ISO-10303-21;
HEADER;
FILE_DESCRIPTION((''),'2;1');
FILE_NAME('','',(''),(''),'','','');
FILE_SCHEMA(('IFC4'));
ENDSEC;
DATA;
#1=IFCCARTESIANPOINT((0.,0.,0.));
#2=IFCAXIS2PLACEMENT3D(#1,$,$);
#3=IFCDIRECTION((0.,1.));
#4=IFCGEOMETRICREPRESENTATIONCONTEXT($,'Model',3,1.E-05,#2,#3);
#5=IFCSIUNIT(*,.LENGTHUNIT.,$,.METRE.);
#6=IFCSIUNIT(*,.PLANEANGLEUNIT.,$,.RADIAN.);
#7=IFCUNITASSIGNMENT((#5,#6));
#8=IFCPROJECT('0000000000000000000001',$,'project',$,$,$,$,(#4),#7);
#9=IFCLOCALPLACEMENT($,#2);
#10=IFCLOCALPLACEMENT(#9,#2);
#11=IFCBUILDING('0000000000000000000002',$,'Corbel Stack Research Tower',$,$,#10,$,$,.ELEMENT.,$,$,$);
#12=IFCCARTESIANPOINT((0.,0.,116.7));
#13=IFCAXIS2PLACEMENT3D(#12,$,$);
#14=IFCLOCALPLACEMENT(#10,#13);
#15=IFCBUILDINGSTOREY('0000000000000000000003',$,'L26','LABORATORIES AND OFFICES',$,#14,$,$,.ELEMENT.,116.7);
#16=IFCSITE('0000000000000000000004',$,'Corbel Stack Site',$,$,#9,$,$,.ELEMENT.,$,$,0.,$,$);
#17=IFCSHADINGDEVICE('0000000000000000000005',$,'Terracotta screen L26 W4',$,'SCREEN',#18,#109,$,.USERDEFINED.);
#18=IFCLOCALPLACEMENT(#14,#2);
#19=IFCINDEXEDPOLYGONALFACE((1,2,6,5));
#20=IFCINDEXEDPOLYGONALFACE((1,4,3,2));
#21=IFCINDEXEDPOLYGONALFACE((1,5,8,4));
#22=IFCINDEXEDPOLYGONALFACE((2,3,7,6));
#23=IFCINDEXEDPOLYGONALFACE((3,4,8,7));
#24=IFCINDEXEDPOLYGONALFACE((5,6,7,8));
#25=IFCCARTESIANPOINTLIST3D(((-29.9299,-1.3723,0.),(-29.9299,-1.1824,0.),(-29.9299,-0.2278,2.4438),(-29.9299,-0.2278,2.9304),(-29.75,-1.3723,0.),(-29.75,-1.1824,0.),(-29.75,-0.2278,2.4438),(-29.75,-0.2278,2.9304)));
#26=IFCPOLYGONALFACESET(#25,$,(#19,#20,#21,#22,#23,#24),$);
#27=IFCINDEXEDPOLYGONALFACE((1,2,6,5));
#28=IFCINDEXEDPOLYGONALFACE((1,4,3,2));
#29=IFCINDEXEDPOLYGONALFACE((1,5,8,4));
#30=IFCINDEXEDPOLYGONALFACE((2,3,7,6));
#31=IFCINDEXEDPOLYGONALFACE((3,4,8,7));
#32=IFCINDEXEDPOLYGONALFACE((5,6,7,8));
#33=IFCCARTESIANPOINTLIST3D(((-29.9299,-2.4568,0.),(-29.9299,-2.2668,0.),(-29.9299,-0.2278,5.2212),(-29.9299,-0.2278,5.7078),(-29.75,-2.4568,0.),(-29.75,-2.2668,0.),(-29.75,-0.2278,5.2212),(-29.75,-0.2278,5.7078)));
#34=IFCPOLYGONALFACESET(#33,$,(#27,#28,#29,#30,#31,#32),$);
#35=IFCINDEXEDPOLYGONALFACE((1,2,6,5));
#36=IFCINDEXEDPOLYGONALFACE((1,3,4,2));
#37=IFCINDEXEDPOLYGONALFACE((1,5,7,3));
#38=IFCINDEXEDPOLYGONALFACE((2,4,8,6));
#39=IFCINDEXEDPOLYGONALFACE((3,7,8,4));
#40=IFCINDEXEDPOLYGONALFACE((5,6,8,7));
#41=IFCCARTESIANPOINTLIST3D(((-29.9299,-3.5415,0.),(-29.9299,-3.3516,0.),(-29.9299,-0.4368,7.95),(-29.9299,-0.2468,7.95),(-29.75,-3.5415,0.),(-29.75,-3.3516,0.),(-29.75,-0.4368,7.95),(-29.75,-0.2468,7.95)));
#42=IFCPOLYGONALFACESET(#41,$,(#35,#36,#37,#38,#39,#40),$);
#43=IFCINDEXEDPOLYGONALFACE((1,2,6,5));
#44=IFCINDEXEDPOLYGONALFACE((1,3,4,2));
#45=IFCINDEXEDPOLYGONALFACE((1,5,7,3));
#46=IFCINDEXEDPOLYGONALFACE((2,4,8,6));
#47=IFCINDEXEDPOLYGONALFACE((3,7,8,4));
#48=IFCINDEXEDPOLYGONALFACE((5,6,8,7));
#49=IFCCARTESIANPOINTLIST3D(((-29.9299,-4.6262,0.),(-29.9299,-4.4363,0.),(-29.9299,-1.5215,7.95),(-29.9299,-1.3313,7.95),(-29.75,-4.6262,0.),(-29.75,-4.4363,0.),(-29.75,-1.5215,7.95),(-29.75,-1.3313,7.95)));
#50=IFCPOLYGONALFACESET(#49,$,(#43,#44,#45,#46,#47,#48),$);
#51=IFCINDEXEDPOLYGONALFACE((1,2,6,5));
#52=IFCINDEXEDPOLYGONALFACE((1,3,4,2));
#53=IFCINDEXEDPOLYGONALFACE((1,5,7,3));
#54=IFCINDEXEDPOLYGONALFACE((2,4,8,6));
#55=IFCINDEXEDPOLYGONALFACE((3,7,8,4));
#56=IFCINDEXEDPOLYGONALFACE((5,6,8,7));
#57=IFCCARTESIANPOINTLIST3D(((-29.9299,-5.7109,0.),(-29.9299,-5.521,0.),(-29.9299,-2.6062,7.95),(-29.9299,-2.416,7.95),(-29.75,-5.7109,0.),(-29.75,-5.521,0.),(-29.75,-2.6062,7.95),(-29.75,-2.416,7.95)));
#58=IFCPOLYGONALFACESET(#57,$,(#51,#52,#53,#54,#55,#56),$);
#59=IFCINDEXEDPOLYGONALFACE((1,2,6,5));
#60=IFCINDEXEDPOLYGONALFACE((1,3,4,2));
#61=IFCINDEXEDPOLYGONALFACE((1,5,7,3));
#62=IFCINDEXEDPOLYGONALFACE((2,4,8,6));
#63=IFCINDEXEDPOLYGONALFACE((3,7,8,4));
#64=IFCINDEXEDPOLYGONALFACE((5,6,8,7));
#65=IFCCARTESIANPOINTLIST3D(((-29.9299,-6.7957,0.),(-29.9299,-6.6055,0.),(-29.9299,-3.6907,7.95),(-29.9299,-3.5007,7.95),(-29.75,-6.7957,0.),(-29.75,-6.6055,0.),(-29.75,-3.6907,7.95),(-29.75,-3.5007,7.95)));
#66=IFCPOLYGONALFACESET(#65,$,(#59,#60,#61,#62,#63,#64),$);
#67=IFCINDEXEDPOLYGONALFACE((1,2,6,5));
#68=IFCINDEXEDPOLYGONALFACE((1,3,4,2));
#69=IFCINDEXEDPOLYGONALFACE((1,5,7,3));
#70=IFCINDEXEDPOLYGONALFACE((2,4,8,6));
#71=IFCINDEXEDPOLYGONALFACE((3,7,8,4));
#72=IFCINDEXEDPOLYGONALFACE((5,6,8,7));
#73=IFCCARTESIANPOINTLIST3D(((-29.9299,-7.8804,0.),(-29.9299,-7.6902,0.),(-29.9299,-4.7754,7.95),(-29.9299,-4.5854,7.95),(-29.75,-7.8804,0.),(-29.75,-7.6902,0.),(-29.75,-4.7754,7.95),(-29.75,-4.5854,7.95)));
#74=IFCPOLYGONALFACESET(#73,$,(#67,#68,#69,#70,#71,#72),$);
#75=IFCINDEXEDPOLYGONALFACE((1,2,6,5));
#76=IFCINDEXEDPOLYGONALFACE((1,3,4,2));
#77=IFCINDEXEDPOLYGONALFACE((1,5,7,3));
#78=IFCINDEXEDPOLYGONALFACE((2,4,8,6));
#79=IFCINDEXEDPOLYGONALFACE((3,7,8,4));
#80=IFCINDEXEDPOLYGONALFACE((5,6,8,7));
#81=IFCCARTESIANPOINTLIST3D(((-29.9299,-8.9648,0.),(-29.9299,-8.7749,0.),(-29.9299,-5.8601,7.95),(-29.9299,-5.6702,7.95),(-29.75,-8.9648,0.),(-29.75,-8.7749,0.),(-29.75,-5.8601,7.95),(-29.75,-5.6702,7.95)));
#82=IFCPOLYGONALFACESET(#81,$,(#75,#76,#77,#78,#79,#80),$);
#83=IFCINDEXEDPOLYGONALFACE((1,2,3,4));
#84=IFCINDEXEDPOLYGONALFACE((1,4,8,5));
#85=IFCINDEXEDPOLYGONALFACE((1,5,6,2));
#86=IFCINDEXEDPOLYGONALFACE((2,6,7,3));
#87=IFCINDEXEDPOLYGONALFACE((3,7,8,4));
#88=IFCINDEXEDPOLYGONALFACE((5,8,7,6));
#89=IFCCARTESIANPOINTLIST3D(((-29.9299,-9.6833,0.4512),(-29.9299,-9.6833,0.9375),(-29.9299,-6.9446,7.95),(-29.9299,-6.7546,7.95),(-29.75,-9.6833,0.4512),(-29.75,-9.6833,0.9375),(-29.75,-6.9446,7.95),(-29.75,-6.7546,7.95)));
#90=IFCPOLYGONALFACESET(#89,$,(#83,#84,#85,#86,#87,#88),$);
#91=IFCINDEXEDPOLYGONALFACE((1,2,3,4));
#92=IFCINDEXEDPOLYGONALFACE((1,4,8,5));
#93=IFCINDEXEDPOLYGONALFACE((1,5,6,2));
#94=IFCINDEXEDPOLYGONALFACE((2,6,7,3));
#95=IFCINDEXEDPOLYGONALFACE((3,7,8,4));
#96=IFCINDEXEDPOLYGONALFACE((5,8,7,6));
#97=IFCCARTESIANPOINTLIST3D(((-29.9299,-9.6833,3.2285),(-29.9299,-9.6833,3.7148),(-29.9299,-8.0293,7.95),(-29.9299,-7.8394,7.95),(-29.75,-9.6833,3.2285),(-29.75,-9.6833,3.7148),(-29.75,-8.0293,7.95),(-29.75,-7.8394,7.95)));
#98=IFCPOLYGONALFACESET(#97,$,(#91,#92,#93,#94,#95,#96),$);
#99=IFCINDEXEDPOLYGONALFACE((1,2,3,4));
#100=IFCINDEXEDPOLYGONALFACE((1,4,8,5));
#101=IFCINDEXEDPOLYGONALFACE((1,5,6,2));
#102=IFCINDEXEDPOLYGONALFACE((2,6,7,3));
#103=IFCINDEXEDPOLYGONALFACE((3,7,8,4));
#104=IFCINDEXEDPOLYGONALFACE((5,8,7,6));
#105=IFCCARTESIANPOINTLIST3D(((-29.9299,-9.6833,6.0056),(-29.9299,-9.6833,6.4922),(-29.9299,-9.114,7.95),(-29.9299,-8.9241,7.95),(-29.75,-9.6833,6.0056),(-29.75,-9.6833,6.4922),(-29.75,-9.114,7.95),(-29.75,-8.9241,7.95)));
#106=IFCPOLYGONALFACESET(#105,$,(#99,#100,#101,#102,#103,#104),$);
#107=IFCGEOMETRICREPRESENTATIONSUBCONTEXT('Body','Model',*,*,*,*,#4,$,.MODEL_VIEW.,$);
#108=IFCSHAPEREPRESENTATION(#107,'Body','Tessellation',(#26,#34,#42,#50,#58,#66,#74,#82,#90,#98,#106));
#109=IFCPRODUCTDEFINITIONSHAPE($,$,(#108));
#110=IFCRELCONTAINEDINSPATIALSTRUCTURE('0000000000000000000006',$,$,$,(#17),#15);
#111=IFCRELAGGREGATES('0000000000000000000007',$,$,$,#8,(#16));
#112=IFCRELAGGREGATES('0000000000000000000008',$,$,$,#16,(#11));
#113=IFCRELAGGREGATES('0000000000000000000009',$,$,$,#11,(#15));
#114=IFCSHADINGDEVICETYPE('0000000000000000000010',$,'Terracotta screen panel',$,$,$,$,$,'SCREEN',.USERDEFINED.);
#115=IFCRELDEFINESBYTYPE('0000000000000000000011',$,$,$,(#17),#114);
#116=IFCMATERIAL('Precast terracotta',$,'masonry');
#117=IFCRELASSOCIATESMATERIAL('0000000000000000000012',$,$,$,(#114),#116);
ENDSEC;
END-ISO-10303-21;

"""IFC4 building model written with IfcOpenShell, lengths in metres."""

from ifc_helpers import new_model, si_unit, direction, frame, origin, place, context, subcontext, project, spatial, polyline, outline, extrude, source, transform, mapped, material, type_object, element, save


model = new_model("IFC4")

# Units and contexts
model_context = context("Model", 3, precision=1e-05, world=origin(), true_north=direction((0.0, 1.0)))
body_context = subcontext(model_context, "Body", "Model", "MODEL_VIEW")
ifc_project = project(units=[si_unit("LENGTHUNIT", "METRE"), si_unit("PLANEANGLEUNIT", "RADIAN")], contexts=[model_context])

# Site, building, storey
site_placement = place(None, origin())
site = spatial("IfcSite", under=ifc_project, at=site_placement, Name="Corbel Stack Site", CompositionType="ELEMENT", RefElevation=0.0)
building_placement = place(site_placement, origin())
building = spatial("IfcBuilding", under=site, at=building_placement, Name="Corbel Stack Research Tower", CompositionType="ELEMENT")
storey_placement = place(building_placement, frame((0.0, 0.0, 116.7)))
storey = spatial("IfcBuildingStorey", under=building, at=storey_placement, Name="L26", Description="LABORATORIES AND OFFICES", CompositionType="ELEMENT", Elevation=116.7)

# Shading device
ifc_material_1 = material(Name="Precast terracotta", Category="masonry")
shading_device_type = type_object("IfcShadingDeviceType", Name="Terracotta screen panel", ElementType="SCREEN", PredefinedType="USERDEFINED", material=ifc_material_1)
shared_shape_1 = source(origin(), body_context, "Body", "SweptSolid", [
    extrude(outline(polyline([(1.1445, 0.0), (0.0, 2.9304), (0.0, 2.4438), (0.9546, 0.0), (1.1445, 0.0)])), frame((0.0, 0.0, 0.0), z_axis=(0.0, -1.0, 0.0), x_axis=(1.0, 0.0, 0.0)), (0.0, 0.0, 1.0), 0.1799),
    extrude(outline(polyline([(2.229, 0.0), (0.0, 5.7078), (0.0, 5.2212), (2.0391, 0.0), (2.229, 0.0)])), frame((0.0, 0.0, 0.0), z_axis=(0.0, -1.0, 0.0), x_axis=(1.0, 0.0, 0.0)), (0.0, 0.0, 1.0), 0.1799),
    extrude(outline(polyline([(3.3137, 0.0), (0.209, 7.95), (0.019, 7.95), (3.1238, 0.0), (3.3137, 0.0)])), frame((0.0, 0.0, 0.0), z_axis=(0.0, -1.0, 0.0), x_axis=(1.0, 0.0, 0.0)), (0.0, 0.0, 1.0), 0.1799),
    extrude(outline(polyline([(4.3984, 0.0), (1.2937, 7.95), (1.1035, 7.95), (4.2085, 0.0), (4.3984, 0.0)])), frame((0.0, 0.0, 0.0), z_axis=(0.0, -1.0, 0.0), x_axis=(1.0, 0.0, 0.0)), (0.0, 0.0, 1.0), 0.1799),
    extrude(outline(polyline([(5.4832, 0.0), (2.3784, 7.95), (2.1882, 7.95), (5.2932, 0.0), (5.4832, 0.0)])), frame((0.0, 0.0, 0.0), z_axis=(0.0, -1.0, 0.0), x_axis=(1.0, 0.0, 0.0)), (0.0, 0.0, 1.0), 0.1799),
    extrude(outline(polyline([(6.5679, 0.0), (3.4629, 7.95), (3.2729, 7.95), (6.3777, 0.0), (6.5679, 0.0)])), frame((0.0, 0.0, 0.0), z_axis=(0.0, -1.0, 0.0), x_axis=(1.0, 0.0, 0.0)), (0.0, 0.0, 1.0), 0.1799),
    extrude(outline(polyline([(7.6526, 0.0), (4.5476, 7.95), (4.3577, 7.95), (7.4624, 0.0), (7.6526, 0.0)])), frame((0.0, 0.0, 0.0), z_axis=(0.0, -1.0, 0.0), x_axis=(1.0, 0.0, 0.0)), (0.0, 0.0, 1.0), 0.1799),
    extrude(outline(polyline([(8.7371, 0.0), (5.6323, 7.95), (5.4424, 7.95), (8.5471, 0.0), (8.7371, 0.0)])), frame((0.0, 0.0, 0.0), z_axis=(0.0, -1.0, 0.0), x_axis=(1.0, 0.0, 0.0)), (0.0, 0.0, 1.0), 0.1799),
    extrude(outline(polyline([(6.7168, 7.95), (6.5269, 7.95), (9.4556, 0.4512), (9.4556, 0.9375), (6.7168, 7.95)])), frame((0.0, 0.0, 0.0), z_axis=(0.0, -1.0, 0.0), x_axis=(1.0, 0.0, 0.0)), (0.0, 0.0, 1.0), 0.1799),
    extrude(outline(polyline([(7.8015, 7.95), (7.6116, 7.95), (9.4556, 3.2285), (9.4556, 3.7148), (7.8015, 7.95)])), frame((0.0, 0.0, 0.0), z_axis=(0.0, -1.0, 0.0), x_axis=(1.0, 0.0, 0.0)), (0.0, 0.0, 1.0), 0.1799),
    extrude(outline(polyline([(8.8862, 7.95), (8.6963, 7.95), (9.4556, 6.0056), (9.4556, 6.4922), (8.8862, 7.95)])), frame((0.0, 0.0, 0.0), z_axis=(0.0, -1.0, 0.0), x_axis=(1.0, 0.0, 0.0)), (0.0, 0.0, 1.0), 0.1799),
])
shading_device_1_placement = place(storey_placement, frame((-29.75, -0.2278, 0.0), z_axis=(0.0, 0.0, 1.0), x_axis=(0.0, -1.0, 0.0)))
element("IfcShadingDevice", 1, at=shading_device_1_placement, inside=storey, type_object=shading_device_type, Name="Terracotta screen L26 W4", ObjectType="SCREEN", PredefinedType="USERDEFINED", context=body_context, shape_type="MappedRepresentation", body=[
    mapped(shared_shape_1, transform((0.0, 0.0, 0.0))),
])

save(model, "model.ifc")
